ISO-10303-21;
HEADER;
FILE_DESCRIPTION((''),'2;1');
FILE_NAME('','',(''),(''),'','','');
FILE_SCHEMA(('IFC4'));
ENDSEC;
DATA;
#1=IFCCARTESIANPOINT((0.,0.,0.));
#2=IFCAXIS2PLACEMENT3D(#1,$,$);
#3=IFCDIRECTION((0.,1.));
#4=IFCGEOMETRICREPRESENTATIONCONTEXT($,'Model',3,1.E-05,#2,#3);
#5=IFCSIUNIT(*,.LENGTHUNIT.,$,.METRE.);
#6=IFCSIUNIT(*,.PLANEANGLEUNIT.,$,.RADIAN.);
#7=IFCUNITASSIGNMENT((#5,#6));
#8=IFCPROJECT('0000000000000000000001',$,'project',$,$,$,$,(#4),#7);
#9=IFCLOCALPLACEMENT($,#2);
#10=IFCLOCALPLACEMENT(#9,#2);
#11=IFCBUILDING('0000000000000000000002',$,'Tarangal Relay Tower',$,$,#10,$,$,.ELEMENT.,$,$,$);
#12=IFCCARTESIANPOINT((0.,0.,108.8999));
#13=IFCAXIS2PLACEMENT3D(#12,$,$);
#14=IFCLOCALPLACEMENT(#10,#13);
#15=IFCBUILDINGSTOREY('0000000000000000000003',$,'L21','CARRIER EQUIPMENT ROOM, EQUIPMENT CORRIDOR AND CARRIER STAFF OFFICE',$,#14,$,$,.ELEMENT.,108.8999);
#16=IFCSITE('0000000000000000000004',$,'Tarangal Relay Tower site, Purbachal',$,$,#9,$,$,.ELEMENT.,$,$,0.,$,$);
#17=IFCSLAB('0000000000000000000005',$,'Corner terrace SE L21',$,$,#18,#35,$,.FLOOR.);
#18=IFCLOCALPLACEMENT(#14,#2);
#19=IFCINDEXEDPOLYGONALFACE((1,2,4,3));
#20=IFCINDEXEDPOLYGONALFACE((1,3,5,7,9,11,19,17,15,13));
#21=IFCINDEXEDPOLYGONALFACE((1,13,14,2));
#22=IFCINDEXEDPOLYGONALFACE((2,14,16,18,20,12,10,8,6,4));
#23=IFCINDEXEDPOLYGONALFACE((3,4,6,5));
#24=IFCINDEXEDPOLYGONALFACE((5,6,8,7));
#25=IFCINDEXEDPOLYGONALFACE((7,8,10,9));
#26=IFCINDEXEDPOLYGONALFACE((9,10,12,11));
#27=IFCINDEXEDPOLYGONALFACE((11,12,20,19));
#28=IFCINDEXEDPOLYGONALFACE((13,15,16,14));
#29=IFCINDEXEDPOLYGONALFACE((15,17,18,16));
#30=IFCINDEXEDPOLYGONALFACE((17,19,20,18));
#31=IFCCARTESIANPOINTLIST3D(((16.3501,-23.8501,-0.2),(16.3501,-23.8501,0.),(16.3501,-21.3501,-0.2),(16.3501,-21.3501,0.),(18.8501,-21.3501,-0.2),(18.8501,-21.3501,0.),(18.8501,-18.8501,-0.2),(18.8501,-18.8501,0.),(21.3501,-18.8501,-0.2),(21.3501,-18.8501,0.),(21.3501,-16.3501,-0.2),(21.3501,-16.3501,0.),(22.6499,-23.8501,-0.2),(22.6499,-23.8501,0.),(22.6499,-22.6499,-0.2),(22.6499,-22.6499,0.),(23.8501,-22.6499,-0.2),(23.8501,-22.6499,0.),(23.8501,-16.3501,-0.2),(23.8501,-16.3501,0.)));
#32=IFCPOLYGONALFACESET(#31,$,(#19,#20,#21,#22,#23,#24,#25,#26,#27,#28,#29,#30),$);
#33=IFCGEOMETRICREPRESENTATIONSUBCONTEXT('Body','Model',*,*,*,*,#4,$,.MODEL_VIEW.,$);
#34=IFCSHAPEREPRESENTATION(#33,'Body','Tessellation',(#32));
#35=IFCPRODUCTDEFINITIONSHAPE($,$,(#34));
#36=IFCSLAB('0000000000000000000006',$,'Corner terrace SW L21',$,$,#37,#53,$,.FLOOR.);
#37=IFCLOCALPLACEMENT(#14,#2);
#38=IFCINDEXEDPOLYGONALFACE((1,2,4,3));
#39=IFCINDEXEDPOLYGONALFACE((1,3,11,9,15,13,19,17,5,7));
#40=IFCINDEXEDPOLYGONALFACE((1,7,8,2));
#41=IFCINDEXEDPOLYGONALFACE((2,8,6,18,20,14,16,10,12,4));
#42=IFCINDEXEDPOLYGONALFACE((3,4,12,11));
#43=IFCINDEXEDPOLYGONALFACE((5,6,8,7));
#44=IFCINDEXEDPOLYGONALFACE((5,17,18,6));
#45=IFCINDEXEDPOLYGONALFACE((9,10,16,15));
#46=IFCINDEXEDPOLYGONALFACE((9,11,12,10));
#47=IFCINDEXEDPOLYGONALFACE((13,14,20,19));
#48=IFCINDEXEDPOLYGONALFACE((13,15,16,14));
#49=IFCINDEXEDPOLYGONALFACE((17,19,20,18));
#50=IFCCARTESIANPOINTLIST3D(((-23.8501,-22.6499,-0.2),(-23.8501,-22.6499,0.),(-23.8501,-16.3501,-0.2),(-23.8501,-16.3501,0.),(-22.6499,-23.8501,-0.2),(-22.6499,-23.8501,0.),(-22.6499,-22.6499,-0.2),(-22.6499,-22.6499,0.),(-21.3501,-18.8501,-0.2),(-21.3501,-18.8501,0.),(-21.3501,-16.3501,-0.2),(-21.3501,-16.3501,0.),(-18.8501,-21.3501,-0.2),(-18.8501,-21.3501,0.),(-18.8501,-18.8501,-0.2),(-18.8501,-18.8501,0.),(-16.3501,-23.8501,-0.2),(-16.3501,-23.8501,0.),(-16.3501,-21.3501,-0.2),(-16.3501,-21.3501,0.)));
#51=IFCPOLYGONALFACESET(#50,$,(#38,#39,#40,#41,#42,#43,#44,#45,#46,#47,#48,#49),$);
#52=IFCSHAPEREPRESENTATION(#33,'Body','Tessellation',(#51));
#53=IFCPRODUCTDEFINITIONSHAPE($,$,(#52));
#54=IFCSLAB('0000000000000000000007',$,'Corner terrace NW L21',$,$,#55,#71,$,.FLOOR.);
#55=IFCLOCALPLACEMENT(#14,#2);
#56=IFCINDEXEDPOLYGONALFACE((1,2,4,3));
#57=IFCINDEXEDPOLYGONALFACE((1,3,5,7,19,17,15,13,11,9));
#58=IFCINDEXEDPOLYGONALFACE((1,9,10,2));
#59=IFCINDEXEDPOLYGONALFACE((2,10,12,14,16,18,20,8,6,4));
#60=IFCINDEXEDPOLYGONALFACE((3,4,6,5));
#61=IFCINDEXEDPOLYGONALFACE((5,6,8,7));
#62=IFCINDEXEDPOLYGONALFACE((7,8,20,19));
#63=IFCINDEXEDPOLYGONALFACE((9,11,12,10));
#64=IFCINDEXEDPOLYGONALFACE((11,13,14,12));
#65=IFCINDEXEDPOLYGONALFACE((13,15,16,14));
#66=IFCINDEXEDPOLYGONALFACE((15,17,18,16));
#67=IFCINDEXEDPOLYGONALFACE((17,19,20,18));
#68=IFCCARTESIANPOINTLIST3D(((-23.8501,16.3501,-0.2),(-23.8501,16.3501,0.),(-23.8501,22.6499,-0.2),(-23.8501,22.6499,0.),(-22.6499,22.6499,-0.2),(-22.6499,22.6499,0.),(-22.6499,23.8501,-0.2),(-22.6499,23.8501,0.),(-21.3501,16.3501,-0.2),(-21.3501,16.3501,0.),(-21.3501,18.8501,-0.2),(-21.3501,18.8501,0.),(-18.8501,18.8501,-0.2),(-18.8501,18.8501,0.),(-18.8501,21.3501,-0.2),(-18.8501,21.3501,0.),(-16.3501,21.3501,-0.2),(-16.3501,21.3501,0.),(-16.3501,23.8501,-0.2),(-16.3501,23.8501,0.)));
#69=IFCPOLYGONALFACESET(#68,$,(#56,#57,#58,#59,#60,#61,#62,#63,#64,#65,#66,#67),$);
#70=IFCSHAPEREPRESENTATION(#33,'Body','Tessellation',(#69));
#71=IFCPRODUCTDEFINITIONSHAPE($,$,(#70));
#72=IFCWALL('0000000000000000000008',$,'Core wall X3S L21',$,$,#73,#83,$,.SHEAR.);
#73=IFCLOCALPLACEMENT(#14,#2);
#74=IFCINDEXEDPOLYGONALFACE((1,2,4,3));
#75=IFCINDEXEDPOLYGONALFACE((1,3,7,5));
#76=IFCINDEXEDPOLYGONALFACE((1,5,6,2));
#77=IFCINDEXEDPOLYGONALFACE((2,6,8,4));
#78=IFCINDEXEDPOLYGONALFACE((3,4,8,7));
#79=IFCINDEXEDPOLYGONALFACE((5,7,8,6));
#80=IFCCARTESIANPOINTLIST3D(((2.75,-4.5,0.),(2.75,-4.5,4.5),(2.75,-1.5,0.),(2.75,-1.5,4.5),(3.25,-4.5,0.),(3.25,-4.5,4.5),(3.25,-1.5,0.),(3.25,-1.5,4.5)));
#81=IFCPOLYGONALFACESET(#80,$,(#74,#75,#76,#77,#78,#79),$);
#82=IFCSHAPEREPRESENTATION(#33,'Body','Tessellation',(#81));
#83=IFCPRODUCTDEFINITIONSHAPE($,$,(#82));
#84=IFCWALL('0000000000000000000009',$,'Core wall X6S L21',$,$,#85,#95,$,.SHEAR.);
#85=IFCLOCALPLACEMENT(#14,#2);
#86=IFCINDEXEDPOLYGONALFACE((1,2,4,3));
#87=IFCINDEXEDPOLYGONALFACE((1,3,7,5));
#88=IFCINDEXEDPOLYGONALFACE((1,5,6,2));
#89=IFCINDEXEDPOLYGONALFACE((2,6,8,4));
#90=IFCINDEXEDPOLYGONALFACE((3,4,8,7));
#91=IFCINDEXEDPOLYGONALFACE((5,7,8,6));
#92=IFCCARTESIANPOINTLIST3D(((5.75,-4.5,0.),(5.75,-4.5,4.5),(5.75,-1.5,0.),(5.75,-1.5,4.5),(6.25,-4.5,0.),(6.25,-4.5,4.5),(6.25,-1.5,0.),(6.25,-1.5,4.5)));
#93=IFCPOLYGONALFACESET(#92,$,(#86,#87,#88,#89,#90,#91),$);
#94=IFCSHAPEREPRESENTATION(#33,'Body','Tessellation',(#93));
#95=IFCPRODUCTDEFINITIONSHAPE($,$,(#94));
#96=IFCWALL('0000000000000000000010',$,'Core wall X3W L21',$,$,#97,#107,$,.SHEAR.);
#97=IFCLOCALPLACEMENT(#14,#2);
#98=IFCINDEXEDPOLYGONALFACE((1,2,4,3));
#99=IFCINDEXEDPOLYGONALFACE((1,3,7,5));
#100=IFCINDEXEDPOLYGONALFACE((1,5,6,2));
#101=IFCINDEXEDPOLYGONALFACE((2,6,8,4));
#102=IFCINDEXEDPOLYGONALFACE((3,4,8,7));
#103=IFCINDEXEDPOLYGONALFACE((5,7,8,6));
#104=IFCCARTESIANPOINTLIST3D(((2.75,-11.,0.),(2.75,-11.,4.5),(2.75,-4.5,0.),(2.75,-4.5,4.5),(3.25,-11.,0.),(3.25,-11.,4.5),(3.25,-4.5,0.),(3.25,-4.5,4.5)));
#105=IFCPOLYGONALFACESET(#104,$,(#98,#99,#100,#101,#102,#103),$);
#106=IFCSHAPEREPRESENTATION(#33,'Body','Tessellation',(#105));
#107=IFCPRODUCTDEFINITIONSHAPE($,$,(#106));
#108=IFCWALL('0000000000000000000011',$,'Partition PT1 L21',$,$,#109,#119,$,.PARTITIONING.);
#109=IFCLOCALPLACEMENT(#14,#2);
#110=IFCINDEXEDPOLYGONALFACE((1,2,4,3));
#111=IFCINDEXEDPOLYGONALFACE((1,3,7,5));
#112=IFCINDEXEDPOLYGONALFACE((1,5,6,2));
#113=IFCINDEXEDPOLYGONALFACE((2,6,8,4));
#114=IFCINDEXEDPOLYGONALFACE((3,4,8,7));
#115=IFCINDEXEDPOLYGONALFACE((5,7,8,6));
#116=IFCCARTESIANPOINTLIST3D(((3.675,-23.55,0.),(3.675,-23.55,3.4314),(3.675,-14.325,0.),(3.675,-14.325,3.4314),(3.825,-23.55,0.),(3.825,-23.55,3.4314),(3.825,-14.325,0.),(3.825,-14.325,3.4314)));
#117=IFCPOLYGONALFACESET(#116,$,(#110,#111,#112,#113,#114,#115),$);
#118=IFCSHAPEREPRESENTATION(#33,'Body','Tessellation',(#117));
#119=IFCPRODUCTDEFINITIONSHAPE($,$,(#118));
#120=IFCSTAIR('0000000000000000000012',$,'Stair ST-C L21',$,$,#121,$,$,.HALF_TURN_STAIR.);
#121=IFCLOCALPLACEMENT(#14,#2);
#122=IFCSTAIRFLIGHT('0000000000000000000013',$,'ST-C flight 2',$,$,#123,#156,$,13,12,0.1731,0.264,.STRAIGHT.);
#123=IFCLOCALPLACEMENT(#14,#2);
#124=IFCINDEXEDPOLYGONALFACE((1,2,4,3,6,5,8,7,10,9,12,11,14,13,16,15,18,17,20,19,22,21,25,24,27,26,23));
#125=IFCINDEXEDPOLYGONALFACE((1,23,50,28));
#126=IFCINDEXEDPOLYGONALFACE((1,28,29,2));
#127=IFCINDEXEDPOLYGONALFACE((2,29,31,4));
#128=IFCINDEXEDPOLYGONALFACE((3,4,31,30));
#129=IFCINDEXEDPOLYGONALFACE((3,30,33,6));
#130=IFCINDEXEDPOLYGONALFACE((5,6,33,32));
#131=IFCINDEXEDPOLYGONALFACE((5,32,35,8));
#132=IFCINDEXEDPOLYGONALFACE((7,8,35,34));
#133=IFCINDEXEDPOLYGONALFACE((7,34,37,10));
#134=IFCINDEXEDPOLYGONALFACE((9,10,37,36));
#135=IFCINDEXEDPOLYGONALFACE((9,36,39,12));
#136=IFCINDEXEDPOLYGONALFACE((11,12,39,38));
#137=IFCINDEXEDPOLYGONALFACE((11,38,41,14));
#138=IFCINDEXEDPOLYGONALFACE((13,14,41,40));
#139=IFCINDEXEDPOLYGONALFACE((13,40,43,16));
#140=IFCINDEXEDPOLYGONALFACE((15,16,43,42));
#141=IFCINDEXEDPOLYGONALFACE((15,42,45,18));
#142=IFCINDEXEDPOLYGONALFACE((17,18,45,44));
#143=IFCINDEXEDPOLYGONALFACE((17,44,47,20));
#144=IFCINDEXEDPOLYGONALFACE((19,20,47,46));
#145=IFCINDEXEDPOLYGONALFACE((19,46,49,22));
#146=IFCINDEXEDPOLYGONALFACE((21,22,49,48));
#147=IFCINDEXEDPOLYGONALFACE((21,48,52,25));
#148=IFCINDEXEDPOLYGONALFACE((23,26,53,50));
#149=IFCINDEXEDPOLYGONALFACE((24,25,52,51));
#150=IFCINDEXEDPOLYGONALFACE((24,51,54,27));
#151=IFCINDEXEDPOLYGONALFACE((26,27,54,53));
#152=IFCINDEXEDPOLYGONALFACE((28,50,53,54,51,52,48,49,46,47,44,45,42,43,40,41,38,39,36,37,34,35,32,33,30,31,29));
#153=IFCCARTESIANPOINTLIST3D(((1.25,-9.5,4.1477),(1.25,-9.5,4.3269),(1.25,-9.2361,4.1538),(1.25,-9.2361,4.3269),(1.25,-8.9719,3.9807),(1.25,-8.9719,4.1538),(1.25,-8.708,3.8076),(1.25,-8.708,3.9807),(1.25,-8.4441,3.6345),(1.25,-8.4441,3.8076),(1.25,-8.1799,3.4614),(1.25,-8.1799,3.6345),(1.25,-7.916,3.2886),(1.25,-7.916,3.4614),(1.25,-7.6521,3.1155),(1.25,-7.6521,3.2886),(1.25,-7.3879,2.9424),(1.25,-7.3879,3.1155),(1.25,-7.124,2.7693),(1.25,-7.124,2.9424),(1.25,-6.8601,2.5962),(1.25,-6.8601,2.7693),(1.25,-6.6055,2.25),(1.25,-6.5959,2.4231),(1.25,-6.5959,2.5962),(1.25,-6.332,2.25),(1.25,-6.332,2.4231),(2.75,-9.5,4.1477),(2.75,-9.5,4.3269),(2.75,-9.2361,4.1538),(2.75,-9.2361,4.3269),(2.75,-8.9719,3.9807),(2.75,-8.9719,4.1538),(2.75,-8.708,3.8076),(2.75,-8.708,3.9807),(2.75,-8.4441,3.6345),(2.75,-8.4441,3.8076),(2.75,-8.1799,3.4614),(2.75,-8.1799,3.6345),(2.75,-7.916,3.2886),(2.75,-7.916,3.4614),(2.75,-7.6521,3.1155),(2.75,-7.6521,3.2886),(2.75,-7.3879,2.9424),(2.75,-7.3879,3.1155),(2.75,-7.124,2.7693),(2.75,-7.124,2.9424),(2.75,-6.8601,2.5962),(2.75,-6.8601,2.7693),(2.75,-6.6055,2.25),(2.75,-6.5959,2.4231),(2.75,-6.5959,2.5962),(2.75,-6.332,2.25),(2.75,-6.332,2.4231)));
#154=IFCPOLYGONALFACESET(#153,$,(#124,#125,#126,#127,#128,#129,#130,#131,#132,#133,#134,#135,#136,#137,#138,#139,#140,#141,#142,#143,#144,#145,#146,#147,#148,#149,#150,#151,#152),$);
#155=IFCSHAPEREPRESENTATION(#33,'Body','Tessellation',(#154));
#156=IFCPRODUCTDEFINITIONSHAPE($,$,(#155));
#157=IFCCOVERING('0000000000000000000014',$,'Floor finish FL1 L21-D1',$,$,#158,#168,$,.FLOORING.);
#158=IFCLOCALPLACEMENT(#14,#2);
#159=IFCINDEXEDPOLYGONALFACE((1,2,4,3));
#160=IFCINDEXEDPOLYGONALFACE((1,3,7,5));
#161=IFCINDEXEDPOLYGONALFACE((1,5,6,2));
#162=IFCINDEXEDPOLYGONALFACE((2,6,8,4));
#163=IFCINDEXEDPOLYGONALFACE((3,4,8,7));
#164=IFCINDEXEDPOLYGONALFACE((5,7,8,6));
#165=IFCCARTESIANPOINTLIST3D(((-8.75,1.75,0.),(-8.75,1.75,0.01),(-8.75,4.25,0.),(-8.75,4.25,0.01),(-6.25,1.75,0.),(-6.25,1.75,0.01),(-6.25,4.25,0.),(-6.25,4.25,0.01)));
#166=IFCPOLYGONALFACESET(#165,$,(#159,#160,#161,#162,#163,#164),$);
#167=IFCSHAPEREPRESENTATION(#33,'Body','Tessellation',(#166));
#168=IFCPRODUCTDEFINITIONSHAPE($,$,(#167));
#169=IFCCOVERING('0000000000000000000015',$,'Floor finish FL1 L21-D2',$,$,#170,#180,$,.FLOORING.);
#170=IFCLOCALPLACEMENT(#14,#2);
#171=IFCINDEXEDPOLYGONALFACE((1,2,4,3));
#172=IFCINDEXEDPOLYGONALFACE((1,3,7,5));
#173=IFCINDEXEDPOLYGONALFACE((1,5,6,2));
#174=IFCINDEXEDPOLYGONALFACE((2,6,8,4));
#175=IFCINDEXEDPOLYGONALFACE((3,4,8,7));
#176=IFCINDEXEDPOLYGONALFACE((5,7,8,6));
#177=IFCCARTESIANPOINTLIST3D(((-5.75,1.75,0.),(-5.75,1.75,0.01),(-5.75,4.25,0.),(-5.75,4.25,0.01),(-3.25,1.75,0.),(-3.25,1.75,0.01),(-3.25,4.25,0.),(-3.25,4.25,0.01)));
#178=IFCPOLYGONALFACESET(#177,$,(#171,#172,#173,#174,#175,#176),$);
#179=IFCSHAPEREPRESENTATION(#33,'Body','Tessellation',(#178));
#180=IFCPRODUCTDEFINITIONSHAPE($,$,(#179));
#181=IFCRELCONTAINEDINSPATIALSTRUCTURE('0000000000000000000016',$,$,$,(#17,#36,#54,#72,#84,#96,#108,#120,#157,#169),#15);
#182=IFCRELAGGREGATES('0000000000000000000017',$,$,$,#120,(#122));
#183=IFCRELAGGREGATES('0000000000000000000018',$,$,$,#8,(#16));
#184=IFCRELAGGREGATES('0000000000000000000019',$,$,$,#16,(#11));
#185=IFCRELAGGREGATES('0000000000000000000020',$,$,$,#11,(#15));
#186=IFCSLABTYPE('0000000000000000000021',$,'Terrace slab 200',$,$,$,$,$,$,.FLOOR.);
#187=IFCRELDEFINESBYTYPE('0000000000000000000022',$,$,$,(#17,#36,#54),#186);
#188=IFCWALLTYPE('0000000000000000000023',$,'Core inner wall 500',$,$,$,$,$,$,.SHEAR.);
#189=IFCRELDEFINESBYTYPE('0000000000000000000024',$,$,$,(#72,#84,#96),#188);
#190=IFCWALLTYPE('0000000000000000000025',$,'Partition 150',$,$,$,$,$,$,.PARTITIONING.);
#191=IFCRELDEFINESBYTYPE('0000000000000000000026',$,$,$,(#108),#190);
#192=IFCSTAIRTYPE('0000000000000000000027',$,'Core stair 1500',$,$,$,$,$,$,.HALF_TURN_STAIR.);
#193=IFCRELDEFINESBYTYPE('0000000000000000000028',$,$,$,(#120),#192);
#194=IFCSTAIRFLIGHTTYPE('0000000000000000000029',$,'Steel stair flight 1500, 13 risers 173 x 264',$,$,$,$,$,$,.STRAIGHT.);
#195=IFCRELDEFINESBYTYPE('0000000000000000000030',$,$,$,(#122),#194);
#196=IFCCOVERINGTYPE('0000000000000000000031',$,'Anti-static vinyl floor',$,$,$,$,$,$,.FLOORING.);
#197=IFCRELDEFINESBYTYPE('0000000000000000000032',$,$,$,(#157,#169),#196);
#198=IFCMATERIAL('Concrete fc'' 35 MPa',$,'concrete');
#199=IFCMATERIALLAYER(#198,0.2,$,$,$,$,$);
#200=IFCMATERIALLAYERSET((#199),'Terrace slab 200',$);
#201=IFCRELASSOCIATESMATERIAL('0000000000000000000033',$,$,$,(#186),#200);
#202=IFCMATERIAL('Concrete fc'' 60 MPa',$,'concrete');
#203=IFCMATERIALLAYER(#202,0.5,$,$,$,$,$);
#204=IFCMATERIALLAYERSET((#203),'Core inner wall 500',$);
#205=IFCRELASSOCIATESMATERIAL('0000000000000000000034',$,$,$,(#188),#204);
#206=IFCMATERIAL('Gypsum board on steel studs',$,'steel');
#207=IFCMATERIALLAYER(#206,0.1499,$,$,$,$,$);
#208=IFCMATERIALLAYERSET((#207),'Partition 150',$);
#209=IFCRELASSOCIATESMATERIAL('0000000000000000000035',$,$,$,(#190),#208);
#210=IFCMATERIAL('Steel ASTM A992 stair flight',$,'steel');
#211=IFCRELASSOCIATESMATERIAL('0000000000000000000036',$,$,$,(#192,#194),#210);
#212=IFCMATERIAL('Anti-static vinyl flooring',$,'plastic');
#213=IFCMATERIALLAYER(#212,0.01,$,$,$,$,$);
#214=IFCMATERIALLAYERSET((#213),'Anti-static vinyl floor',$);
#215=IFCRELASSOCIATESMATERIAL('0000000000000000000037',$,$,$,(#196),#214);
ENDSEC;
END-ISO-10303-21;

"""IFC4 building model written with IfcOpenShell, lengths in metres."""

from ifc_helpers import new_model, si_unit, direction, frame, frame_2d, origin, place, context, subcontext, project, spatial, polyline, rectangle, outline, extrude, material, layer, layer_set, type_object, element, aggregate, save


model = new_model("IFC4")

# Units and contexts
model_context = context("Model", 3, precision=1e-05, world=origin(), true_north=direction((0.0, 1.0)))
body_context = subcontext(model_context, "Body", "Model", "MODEL_VIEW")
ifc_project = project(units=[si_unit("LENGTHUNIT", "METRE"), si_unit("PLANEANGLEUNIT", "RADIAN")], contexts=[model_context])

# Site, building, storey
site_placement = place(None, origin())
site = spatial("IfcSite", under=ifc_project, at=site_placement, Name="Tarangal Relay Tower site, Purbachal", CompositionType="ELEMENT", RefElevation=0.0)
building_placement = place(site_placement, origin())
building = spatial("IfcBuilding", under=site, at=building_placement, Name="Tarangal Relay Tower", CompositionType="ELEMENT")
storey_placement = place(building_placement, frame((0.0, 0.0, 108.8999)))
storey = spatial("IfcBuildingStorey", under=building, at=storey_placement, Name="L21", Description="CARRIER EQUIPMENT ROOM, EQUIPMENT CORRIDOR AND CARRIER STAFF OFFICE", CompositionType="ELEMENT", Elevation=108.8999)

# Slabs
ifc_material_1 = material(Name="Concrete fc' 35 MPa", Category="concrete")
ifc_layer_1 = layer(ifc_material_1, 0.2)
ifc_layer_set_1 = layer_set([ifc_layer_1], Name="Terrace slab 200")
slab_type_1 = type_object("IfcSlabType", Name="Terrace slab 200", PredefinedType="FLOOR", material=ifc_layer_set_1)
slab_1_placement = place(storey_placement, frame((0.0, 0.0, -0.2)))
element("IfcSlab", 1, at=slab_1_placement, inside=storey, type_object=slab_type_1, Name="Corner terrace SE L21", PredefinedType="FLOOR", context=body_context, shape_type="SweptSolid", body=[
    extrude(outline(polyline([(23.8501, -16.3501), (21.3501, -16.3501), (21.3501, -18.8501), (18.8501, -18.8501), (18.8501, -21.3501), (16.3501, -21.3501), (16.3501, -23.8501), (22.6499, -23.8501), (22.6499, -22.6499), (23.8501, -22.6499), (23.8501, -16.3501)])), origin(), (0.0, 0.0, 1.0), 0.2),
])
slab_2_placement = place(storey_placement, frame((0.0, 0.0, -0.2)))
element("IfcSlab", 2, at=slab_2_placement, inside=storey, type_object=slab_type_1, Name="Corner terrace SW L21", PredefinedType="FLOOR", context=body_context, shape_type="SweptSolid", body=[
    extrude(outline(polyline([(-16.3501, -23.8501), (-16.3501, -21.3501), (-18.8501, -21.3501), (-18.8501, -18.8501), (-21.3501, -18.8501), (-21.3501, -16.3501), (-23.8501, -16.3501), (-23.8501, -22.6499), (-22.6499, -22.6499), (-22.6499, -23.8501), (-16.3501, -23.8501)])), origin(), (0.0, 0.0, 1.0), 0.2),
])
slab_3_placement = place(storey_placement, frame((0.0, 0.0, -0.2)))
element("IfcSlab", 3, at=slab_3_placement, inside=storey, type_object=slab_type_1, Name="Corner terrace NW L21", PredefinedType="FLOOR", context=body_context, shape_type="SweptSolid", body=[
    extrude(outline(polyline([(-23.8501, 16.3501), (-21.3501, 16.3501), (-21.3501, 18.8501), (-18.8501, 18.8501), (-18.8501, 21.3501), (-16.3501, 21.3501), (-16.3501, 23.8501), (-22.6499, 23.8501), (-22.6499, 22.6499), (-23.8501, 22.6499), (-23.8501, 16.3501)])), origin(), (0.0, 0.0, 1.0), 0.2),
])

# Walls
ifc_material_2 = material(Name="Concrete fc' 60 MPa", Category="concrete")
ifc_layer_2 = layer(ifc_material_2, 0.5)
ifc_layer_set_2 = layer_set([ifc_layer_2], Name="Core inner wall 500")
wall_type_1 = type_object("IfcWallType", Name="Core inner wall 500", PredefinedType="SHEAR", material=ifc_layer_set_2)
for number, where, z_axis, x_axis, name in (
    (4, (3.0, -4.5, 0.0), (0.0, 0.0, 1.0), (0.0, 1.0, 0.0), "Core wall X3S L21"),
    (5, (6.0, -4.5, 0.0), (0.0, 0.0, 1.0), (0.0, 1.0, 0.0), "Core wall X6S L21"),
):
    element("IfcWall", number, at=place(storey_placement, frame(where, z_axis=z_axis, x_axis=x_axis)), inside=storey, type_object=wall_type_1, Name=name, PredefinedType="SHEAR", context=body_context, shape_type="SweptSolid", body=[
        extrude(rectangle(XDim=3.0, YDim=0.5, at=frame_2d((1.5, 0.0))), origin(), (0.0, 0.0, 1.0), 4.5),
    ])
wall_1_placement = place(storey_placement, frame((3.0, -11.0, 0.0), z_axis=(0.0, 0.0, 1.0), x_axis=(0.0, 1.0, 0.0)))
element("IfcWall", 6, at=wall_1_placement, inside=storey, type_object=wall_type_1, Name="Core wall X3W L21", PredefinedType="SHEAR", context=body_context, shape_type="SweptSolid", body=[
    extrude(rectangle(XDim=6.5, YDim=0.5, at=frame_2d((3.25, 0.0))), origin(), (0.0, 0.0, 1.0), 4.5),
])
ifc_material_3 = material(Name="Gypsum board on steel studs", Category="steel")
ifc_layer_3 = layer(ifc_material_3, 0.1499)
ifc_layer_set_3 = layer_set([ifc_layer_3], Name="Partition 150")
wall_type_2 = type_object("IfcWallType", Name="Partition 150", PredefinedType="PARTITIONING", material=ifc_layer_set_3)
wall_2_placement = place(storey_placement, frame((3.75, -23.55, 0.0), z_axis=(0.0, 0.0, 1.0), x_axis=(0.0, 1.0, 0.0)))
element("IfcWall", 7, at=wall_2_placement, inside=storey, type_object=wall_type_2, Name="Partition PT1 L21", PredefinedType="PARTITIONING", context=body_context, shape_type="SweptSolid", body=[
    extrude(rectangle(XDim=9.2251, YDim=0.1499, at=frame_2d((4.6125, 0.0))), origin(), (0.0, 0.0, 1.0), 3.4314),
])

# Stair, stair flight
ifc_material_4 = material(Name="Steel ASTM A992 stair flight", Category="steel")
stair_type = type_object("IfcStairType", Name="Core stair 1500", PredefinedType="HALF_TURN_STAIR", material=ifc_material_4)
stair_placement = place(storey_placement, origin())
stair = element("IfcStair", 8, at=stair_placement, inside=storey, type_object=stair_type, Name="Stair ST-C L21", PredefinedType="HALF_TURN_STAIR")
stair_flight_type = type_object("IfcStairFlightType", Name="Steel stair flight 1500, 13 risers 173 x 264", PredefinedType="STRAIGHT", material=ifc_material_4)
stair_flight_placement = place(storey_placement, frame((2.0, -6.332, 2.25), z_axis=(0.0, 0.0, 1.0), x_axis=(0.0, -1.0, 0.0)))
stair_flight = element("IfcStairFlight", 9, at=stair_flight_placement, type_object=stair_flight_type, Name="ST-C flight 2", NumberOfRisers=13, NumberOfTreads=12, PredefinedType="STRAIGHT", RiserHeight=0.1731, TreadLength=0.264, context=body_context, shape_type="SweptSolid", body=[
    extrude(outline(polyline([(0.0, 0.0), (0.0, 0.1731), (0.2639, 0.1731), (0.2639, 0.3462), (0.5281, 0.3462), (0.5281, 0.5193), (0.792, 0.5193), (0.792, 0.6924), (1.0559, 0.6924), (1.0559, 0.8655), (1.3201, 0.8655), (1.3201, 1.0386), (1.584, 1.0386), (1.584, 1.2114), (1.8479, 1.2114), (1.8479, 1.3845), (2.1121, 1.3845), (2.1121, 1.5576), (2.376, 1.5576), (2.376, 1.7307), (2.6399, 1.7307), (2.6399, 1.9038), (2.9041, 1.9038), (2.9041, 2.0769), (3.168, 2.0769), (3.168, 2.25), (3.168, 1.8977), (0.2734, 0.0), (0.0, 0.0)])), frame((0.0, 0.75, 0.0), z_axis=(0.0, -1.0, 0.0), x_axis=(1.0, 0.0, 0.0)), (0.0, 0.0, 1.0), 1.5),
])
aggregate(stair, [stair_flight])

# Coverings
ifc_material_5 = material(Name="Anti-static vinyl flooring", Category="plastic")
ifc_layer_4 = layer(ifc_material_5, 0.01)
ifc_layer_set_4 = layer_set([ifc_layer_4], Name="Anti-static vinyl floor")
covering_type_1 = type_object("IfcCoveringType", Name="Anti-static vinyl floor", PredefinedType="FLOORING", material=ifc_layer_set_4)
covering_1_placement = place(storey_placement, origin())
element("IfcCovering", 10, at=covering_1_placement, inside=storey, type_object=covering_type_1, Name="Floor finish FL1 L21-D1", PredefinedType="FLOORING", context=body_context, shape_type="SweptSolid", body=[
    extrude(outline(polyline([(-8.75, 1.75), (-6.25, 1.75), (-6.25, 4.25), (-8.75, 4.25), (-8.75, 1.75)])), origin(), (0.0, 0.0, 1.0), 0.01),
])
covering_2_placement = place(storey_placement, origin())
element("IfcCovering", 11, at=covering_2_placement, inside=storey, type_object=covering_type_1, Name="Floor finish FL1 L21-D2", PredefinedType="FLOORING", context=body_context, shape_type="SweptSolid", body=[
    extrude(outline(polyline([(-5.75, 1.75), (-3.25, 1.75), (-3.25, 4.25), (-5.75, 4.25), (-5.75, 1.75)])), origin(), (0.0, 0.0, 1.0), 0.01),
])

save(model, "model.ifc")
